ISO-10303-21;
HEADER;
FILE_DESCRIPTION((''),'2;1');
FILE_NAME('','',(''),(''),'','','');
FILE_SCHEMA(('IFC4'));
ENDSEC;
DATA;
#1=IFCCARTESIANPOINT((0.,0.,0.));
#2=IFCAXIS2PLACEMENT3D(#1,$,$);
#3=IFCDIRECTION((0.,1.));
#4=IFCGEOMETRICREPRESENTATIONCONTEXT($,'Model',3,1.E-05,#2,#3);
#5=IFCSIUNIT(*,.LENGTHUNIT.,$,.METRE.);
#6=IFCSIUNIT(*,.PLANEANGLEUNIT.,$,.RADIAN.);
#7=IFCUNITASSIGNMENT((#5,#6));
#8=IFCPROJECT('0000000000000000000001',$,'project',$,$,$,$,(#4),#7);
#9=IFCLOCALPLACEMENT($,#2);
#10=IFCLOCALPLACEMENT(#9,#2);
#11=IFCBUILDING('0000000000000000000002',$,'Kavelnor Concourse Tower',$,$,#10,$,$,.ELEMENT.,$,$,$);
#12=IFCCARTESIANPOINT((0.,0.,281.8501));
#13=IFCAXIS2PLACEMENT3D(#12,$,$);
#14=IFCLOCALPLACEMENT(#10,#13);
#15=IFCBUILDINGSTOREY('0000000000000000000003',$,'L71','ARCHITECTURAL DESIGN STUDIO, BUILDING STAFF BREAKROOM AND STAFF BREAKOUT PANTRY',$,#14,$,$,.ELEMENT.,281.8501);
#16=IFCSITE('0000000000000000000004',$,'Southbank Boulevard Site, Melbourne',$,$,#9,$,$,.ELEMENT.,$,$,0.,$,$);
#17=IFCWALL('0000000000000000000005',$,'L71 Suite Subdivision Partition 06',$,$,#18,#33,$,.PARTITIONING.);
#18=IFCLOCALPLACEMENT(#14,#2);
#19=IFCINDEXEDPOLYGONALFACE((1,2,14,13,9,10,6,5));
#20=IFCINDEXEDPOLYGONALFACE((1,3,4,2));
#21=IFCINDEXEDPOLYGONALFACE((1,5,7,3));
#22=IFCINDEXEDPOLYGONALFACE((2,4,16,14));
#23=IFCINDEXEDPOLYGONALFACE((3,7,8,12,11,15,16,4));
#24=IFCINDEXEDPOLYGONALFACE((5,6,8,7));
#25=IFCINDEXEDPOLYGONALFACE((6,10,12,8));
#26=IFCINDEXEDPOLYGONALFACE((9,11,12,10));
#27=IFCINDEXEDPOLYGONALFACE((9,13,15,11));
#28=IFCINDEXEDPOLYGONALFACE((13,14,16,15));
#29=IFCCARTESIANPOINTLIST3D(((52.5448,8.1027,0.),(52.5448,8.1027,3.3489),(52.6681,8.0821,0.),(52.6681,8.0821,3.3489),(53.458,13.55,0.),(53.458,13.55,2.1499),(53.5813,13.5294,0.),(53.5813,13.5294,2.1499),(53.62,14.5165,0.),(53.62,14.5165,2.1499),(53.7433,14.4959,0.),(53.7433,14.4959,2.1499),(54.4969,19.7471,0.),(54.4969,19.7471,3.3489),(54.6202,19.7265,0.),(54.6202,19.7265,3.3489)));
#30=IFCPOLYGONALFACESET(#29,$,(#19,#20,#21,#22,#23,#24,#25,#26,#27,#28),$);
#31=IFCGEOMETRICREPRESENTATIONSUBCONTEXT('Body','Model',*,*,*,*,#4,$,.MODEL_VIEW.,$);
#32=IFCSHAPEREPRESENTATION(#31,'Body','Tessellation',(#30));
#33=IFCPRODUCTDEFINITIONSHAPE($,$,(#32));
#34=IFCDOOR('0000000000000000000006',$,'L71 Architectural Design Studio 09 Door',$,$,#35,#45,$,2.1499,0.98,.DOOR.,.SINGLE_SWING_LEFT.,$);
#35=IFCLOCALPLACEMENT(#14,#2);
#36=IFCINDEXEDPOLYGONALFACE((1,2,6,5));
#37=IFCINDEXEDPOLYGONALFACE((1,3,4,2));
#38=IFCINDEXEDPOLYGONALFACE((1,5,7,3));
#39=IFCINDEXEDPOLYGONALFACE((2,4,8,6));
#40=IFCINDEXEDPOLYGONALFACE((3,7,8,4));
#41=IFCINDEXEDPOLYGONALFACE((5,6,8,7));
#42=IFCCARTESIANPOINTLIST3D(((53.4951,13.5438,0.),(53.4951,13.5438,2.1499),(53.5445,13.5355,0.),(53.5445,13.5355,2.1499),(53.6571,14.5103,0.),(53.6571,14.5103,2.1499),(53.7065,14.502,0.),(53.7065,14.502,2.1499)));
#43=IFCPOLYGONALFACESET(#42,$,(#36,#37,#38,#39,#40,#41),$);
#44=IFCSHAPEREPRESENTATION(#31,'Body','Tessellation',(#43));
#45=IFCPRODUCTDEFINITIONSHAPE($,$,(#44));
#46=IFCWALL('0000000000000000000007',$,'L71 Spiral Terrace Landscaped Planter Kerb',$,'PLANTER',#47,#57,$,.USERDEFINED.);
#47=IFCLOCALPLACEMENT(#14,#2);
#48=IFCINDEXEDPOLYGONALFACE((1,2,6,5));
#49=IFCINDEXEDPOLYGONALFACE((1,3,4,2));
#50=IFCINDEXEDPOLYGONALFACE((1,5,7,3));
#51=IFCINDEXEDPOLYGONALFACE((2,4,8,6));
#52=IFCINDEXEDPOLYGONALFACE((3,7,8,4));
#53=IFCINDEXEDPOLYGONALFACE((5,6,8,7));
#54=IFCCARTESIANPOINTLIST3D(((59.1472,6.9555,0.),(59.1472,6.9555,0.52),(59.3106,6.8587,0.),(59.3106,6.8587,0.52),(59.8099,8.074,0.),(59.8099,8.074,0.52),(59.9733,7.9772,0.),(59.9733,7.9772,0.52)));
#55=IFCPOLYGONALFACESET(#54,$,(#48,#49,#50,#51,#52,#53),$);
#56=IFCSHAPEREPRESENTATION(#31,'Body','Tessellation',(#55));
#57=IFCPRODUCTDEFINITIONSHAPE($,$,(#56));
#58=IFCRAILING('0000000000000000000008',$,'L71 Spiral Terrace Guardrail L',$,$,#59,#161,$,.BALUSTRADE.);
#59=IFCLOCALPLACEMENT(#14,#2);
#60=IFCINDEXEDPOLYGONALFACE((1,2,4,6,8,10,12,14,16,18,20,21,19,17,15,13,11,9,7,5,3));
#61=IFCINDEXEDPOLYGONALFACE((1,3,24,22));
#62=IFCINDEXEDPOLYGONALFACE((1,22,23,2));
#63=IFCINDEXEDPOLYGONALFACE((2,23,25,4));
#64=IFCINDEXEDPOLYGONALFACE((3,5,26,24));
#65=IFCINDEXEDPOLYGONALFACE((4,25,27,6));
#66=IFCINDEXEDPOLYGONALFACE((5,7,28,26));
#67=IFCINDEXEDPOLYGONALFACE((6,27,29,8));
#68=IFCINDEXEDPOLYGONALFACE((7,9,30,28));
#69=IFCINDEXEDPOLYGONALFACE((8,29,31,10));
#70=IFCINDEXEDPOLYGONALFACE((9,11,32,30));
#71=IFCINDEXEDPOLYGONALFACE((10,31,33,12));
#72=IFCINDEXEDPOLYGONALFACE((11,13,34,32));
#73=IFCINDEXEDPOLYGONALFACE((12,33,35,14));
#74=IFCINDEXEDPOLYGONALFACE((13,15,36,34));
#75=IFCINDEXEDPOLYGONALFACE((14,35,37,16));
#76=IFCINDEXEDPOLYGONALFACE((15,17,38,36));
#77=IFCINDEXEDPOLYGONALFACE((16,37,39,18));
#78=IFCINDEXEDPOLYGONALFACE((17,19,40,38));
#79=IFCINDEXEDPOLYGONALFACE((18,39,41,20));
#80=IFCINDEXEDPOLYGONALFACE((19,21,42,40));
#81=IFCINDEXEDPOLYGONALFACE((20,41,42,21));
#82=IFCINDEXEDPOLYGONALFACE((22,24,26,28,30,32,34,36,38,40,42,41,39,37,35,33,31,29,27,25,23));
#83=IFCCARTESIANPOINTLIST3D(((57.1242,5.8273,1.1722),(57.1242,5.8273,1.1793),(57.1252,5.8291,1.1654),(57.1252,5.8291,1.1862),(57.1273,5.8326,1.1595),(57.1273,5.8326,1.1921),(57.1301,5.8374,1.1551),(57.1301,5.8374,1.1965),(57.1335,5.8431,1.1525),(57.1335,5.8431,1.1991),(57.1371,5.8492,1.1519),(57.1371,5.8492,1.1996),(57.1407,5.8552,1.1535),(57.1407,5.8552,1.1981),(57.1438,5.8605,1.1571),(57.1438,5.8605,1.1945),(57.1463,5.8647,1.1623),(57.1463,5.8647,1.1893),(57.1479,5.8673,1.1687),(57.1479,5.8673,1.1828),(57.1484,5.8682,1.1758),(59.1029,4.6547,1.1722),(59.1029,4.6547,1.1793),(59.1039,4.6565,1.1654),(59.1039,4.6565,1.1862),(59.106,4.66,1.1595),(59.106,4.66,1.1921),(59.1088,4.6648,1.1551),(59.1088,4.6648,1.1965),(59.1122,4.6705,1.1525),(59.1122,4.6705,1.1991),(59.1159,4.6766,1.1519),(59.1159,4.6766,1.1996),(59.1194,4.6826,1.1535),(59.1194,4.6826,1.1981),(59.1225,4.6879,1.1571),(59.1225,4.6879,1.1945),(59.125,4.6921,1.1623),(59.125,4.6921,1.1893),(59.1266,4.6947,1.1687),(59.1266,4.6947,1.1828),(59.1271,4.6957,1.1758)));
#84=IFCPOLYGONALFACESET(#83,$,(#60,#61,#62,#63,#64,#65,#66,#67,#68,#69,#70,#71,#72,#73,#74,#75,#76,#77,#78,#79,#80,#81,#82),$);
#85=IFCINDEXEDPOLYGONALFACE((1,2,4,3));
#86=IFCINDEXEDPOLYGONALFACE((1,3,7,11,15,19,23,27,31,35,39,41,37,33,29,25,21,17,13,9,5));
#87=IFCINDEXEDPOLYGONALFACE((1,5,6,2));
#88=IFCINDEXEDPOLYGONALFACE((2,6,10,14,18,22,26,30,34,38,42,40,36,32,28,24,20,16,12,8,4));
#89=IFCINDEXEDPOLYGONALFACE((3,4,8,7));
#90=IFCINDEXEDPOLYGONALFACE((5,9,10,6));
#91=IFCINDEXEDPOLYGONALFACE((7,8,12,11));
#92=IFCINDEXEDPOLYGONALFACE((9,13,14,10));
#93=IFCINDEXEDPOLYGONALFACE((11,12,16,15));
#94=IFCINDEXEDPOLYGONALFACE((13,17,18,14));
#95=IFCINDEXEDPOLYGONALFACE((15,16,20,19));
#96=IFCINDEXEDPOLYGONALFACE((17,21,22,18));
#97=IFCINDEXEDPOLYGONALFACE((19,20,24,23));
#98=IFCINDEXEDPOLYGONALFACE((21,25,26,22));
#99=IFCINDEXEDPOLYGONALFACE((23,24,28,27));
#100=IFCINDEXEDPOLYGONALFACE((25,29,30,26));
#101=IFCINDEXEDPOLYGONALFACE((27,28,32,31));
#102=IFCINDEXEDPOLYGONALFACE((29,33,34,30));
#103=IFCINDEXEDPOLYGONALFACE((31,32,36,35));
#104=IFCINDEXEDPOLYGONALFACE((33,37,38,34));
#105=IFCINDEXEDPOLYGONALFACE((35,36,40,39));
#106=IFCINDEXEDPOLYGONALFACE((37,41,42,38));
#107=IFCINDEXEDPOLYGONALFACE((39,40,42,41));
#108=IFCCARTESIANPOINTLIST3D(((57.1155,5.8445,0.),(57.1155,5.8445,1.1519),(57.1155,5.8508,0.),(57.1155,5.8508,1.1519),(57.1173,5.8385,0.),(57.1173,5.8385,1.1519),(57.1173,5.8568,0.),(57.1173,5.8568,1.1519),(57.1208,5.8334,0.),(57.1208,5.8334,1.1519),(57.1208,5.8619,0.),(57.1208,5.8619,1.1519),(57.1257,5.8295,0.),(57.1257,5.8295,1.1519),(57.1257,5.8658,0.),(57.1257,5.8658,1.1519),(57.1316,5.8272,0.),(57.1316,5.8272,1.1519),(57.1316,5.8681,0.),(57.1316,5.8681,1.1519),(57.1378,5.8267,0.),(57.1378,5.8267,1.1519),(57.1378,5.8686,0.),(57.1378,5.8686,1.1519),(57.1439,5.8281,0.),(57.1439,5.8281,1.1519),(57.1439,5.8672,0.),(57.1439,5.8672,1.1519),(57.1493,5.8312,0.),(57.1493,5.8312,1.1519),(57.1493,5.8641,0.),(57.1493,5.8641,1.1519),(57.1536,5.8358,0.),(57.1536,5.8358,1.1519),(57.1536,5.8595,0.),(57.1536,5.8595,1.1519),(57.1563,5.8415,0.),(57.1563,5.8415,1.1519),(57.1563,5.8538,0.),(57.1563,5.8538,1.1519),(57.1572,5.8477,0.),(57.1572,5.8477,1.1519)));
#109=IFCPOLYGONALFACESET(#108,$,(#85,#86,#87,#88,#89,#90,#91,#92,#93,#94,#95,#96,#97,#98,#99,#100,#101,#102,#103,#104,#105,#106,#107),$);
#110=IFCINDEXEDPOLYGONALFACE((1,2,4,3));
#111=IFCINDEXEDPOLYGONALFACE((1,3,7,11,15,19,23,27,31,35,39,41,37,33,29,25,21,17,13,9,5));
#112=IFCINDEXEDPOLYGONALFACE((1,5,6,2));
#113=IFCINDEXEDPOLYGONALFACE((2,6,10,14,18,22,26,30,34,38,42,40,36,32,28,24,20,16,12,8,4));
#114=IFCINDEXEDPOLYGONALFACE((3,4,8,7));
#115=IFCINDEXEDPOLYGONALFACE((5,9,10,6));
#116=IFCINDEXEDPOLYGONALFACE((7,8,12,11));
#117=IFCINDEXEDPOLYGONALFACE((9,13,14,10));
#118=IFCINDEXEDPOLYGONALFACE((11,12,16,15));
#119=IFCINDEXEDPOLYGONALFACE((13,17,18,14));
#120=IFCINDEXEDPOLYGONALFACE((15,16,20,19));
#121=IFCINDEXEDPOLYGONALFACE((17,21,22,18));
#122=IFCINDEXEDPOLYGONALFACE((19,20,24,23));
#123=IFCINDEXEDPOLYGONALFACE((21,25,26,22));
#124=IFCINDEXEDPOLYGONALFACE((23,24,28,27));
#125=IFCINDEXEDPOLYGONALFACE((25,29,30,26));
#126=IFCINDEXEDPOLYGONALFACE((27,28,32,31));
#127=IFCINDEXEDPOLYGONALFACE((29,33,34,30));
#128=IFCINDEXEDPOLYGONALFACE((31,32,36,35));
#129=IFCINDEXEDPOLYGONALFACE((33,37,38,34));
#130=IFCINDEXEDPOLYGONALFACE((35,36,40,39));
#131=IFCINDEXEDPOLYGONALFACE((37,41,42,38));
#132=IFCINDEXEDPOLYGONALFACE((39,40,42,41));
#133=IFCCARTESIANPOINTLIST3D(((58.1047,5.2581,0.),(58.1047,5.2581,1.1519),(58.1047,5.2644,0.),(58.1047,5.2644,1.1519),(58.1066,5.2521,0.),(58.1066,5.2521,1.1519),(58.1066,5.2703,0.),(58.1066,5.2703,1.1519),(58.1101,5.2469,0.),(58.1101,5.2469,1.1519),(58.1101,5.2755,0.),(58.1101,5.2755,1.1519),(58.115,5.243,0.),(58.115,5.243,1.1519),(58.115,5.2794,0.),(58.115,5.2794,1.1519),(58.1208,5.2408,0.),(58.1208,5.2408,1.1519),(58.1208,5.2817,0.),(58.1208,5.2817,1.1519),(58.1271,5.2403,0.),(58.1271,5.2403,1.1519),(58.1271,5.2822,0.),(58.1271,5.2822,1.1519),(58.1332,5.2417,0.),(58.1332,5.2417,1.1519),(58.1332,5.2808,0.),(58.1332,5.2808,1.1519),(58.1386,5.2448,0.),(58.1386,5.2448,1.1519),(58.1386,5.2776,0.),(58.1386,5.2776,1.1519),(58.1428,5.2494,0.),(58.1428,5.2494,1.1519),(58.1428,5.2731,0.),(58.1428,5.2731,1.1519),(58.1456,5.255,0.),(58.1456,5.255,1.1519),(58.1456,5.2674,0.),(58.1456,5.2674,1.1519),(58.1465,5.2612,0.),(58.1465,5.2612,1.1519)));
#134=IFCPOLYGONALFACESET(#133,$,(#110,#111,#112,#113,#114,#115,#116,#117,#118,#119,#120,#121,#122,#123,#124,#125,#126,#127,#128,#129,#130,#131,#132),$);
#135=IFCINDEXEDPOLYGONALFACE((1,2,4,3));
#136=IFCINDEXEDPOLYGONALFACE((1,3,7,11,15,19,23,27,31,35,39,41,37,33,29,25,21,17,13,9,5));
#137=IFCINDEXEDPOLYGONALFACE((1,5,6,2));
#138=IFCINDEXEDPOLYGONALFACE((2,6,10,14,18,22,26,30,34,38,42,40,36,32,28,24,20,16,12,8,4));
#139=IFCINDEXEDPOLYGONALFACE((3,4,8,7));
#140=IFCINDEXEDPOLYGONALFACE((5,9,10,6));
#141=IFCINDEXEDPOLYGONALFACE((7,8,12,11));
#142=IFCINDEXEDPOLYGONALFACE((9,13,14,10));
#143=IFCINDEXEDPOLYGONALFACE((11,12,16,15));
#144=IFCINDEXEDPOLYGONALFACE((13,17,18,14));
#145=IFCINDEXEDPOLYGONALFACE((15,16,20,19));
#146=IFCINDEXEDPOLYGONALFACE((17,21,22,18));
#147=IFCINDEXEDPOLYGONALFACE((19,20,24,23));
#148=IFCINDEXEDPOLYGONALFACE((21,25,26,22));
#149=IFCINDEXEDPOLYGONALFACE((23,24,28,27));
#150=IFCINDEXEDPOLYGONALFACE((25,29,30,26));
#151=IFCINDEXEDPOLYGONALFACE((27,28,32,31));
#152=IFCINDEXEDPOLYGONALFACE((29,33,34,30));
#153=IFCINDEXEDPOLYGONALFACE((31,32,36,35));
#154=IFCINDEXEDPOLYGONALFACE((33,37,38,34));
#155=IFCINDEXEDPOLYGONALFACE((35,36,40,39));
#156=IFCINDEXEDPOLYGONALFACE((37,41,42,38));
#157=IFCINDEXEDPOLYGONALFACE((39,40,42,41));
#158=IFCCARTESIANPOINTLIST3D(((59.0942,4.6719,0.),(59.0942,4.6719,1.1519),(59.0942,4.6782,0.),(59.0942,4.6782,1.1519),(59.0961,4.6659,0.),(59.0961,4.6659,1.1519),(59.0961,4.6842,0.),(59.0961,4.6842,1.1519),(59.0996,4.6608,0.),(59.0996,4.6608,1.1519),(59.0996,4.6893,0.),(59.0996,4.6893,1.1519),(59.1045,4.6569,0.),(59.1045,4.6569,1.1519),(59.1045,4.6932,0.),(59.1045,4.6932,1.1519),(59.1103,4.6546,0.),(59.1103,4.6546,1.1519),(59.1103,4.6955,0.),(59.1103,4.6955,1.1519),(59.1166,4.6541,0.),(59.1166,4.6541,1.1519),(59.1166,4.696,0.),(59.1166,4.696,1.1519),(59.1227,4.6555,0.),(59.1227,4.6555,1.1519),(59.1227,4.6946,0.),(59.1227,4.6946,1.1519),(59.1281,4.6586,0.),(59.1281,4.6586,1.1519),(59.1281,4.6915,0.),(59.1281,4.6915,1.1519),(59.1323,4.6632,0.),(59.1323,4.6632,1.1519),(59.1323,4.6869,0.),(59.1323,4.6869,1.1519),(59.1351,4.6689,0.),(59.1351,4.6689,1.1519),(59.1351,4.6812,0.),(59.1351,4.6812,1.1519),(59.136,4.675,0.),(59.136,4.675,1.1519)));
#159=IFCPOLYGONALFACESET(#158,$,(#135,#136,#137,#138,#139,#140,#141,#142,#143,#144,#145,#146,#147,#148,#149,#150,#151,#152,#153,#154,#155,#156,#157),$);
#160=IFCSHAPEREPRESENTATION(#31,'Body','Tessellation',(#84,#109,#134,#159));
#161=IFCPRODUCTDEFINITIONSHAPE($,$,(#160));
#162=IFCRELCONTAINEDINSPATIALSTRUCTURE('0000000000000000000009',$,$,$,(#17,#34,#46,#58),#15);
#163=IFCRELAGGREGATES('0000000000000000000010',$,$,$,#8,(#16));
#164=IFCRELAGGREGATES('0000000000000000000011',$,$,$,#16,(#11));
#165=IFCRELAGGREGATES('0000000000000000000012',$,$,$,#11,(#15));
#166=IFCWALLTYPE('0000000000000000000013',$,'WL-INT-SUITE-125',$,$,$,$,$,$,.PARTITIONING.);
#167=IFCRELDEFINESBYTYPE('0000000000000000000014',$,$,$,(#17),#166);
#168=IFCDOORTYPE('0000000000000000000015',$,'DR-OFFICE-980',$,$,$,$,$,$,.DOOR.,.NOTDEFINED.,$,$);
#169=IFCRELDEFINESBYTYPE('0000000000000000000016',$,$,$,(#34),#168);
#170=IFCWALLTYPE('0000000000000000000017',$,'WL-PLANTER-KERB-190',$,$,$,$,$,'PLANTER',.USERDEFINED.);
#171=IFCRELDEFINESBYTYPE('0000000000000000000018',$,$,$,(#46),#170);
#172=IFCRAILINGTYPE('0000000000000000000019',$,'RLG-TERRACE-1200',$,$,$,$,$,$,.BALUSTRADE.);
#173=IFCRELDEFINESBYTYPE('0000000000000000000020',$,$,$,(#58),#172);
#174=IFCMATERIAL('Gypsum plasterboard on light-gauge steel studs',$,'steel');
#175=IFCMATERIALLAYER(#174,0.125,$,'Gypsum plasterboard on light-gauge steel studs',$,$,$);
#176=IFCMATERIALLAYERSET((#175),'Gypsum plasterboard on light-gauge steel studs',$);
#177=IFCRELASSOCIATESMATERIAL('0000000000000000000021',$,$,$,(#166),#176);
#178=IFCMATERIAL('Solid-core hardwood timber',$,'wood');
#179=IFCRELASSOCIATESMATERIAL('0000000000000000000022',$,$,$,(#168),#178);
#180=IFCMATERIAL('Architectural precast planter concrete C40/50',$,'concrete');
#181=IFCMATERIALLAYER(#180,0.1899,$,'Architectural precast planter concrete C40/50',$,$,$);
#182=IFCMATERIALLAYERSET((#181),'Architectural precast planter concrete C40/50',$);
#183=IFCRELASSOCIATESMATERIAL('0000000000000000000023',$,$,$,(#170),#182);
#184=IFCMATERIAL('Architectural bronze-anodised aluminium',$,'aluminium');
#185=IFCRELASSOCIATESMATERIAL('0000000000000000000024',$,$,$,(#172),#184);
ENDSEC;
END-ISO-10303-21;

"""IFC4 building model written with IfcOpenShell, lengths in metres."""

from ifc_helpers import new_model, si_unit, direction, frame, frame_2d, origin, origin_2d, place, context, subcontext, project, spatial, rectangle, circle, extrude, material, layer, layer_set, type_object, element, fill, save


model = new_model("IFC4")

# Units and contexts
model_context = context("Model", 3, precision=1e-05, world=origin(), true_north=direction((0.0, 1.0)))
body_context = subcontext(model_context, "Body", "Model", "MODEL_VIEW")
ifc_project = project(units=[si_unit("LENGTHUNIT", "METRE"), si_unit("PLANEANGLEUNIT", "RADIAN")], contexts=[model_context])

# Site, building, storey
site_placement = place(None, origin())
site = spatial("IfcSite", under=ifc_project, at=site_placement, Name="Southbank Boulevard Site, Melbourne", CompositionType="ELEMENT", RefElevation=0.0)
building_placement = place(site_placement, origin())
building = spatial("IfcBuilding", under=site, at=building_placement, Name="Kavelnor Concourse Tower", CompositionType="ELEMENT")
storey_placement = place(building_placement, frame((0.0, 0.0, 281.8501)))
storey = spatial("IfcBuildingStorey", under=building, at=storey_placement, Name="L71", Description="ARCHITECTURAL DESIGN STUDIO, BUILDING STAFF BREAKROOM AND STAFF BREAKOUT PANTRY", CompositionType="ELEMENT", Elevation=281.8501)

# Wall, opening, door
ifc_material_1 = material(Name="Gypsum plasterboard on light-gauge steel studs", Category="steel")
ifc_layer_1 = layer(ifc_material_1, 0.125, Name="Gypsum plasterboard on light-gauge steel studs")
ifc_layer_set_1 = layer_set([ifc_layer_1], Name="Gypsum plasterboard on light-gauge steel studs")
wall_type_1 = type_object("IfcWallType", Name="WL-INT-SUITE-125", PredefinedType="PARTITIONING", material=ifc_layer_set_1)
wall_1_placement = place(storey_placement, frame((52.6064, 8.0925, 0.0), z_axis=(0.0, 0.0, 1.0), x_axis=(0.165341, 0.986236, 0.0)))
wall_1 = element("IfcWall", 1, at=wall_1_placement, inside=storey, type_object=wall_type_1, Name="L71 Suite Subdivision Partition 06", PredefinedType="PARTITIONING", context=body_context, shape_type="SweptSolid", body=[
    extrude(rectangle(XDim=11.8069, YDim=0.125, at=frame_2d((5.9033, 0.0))), origin(), (0.0, 0.0, 1.0), 3.3489),
])
opening_1_placement = place(wall_1_placement, frame((5.5232, 0.0, 0.0)))
opening_1 = element("IfcOpeningElement", 2, at=opening_1_placement, cuts=wall_1, PredefinedType="OPENING", context=body_context, shape_type="SweptSolid", body=[
    extrude(rectangle(XDim=0.98, YDim=2.1499, at=frame_2d((0.49, 1.075))), frame((0.0, 0.0725, 0.0), z_axis=(0.0, -1.0, 0.0), x_axis=(1.0, 0.0, 0.0)), (0.0, 0.0, 1.0), 0.145),
])
ifc_material_2 = material(Name="Solid-core hardwood timber", Category="wood")
door_type_1 = type_object("IfcDoorType", Name="DR-OFFICE-980", OperationType="NOTDEFINED", PredefinedType="DOOR", material=ifc_material_2)
door_1_placement = place(opening_1_placement, origin())
door_1 = element("IfcDoor", 3, at=door_1_placement, inside=storey, type_object=door_type_1, Name="L71 Architectural Design Studio 09 Door", OperationType="SINGLE_SWING_LEFT", OverallHeight=2.1499, OverallWidth=0.98, PredefinedType="DOOR", context=body_context, shape_type="SweptSolid", body=[
    extrude(rectangle(XDim=0.98, YDim=2.1499, at=frame_2d((0.49, 1.075))), frame((0.0, 0.0249, 0.0), z_axis=(0.0, -1.0, 0.0), x_axis=(1.0, 0.0, 0.0)), (0.0, 0.0, 1.0), 0.05),
])
fill(opening_1, door_1)

# Wall
ifc_material_3 = material(Name="Architectural precast planter concrete C40/50", Category="concrete")
ifc_layer_2 = layer(ifc_material_3, 0.1899, Name="Architectural precast planter concrete C40/50")
ifc_layer_set_2 = layer_set([ifc_layer_2], Name="Architectural precast planter concrete C40/50")
wall_type_2 = type_object("IfcWallType", Name="WL-PLANTER-KERB-190", ElementType="PLANTER", PredefinedType="USERDEFINED", material=ifc_layer_set_2)
wall_2_placement = place(storey_placement, frame((59.229, 6.9072, 0.0), z_axis=(0.0, 0.0, 1.0), x_axis=(0.50971, 0.860346, 0.0)))
element("IfcWall", 4, at=wall_2_placement, inside=storey, type_object=wall_type_2, Name="L71 Spiral Terrace Landscaped Planter Kerb", ObjectType="PLANTER", PredefinedType="USERDEFINED", context=body_context, shape_type="SweptSolid", body=[
    extrude(rectangle(XDim=1.3, YDim=0.1899, at=frame_2d((0.6499, 0.0))), origin(), (0.0, 0.0, 1.0), 0.52),
])

# Railing
ifc_material_4 = material(Name="Architectural bronze-anodised aluminium", Category="aluminium")
railing_type = type_object("IfcRailingType", Name="RLG-TERRACE-1200", PredefinedType="BALUSTRADE", material=ifc_material_4)
railing_1_placement = place(storey_placement, frame((57.1362, 5.8477, 0.0)))
element("IfcRailing", 5, at=railing_1_placement, inside=storey, type_object=railing_type, Name="L71 Spiral Terrace Guardrail L", PredefinedType="BALUSTRADE", context=body_context, shape_type="SweptSolid", body=[
    extrude(circle(Radius=0.0239, at=origin_2d()), frame((0.0, 0.0, 1.1758), z_axis=(0.86029, -0.509805, 0.0), x_axis=(0.509805, 0.86029, 0.0)), (0.0, 0.0, 1.0), 2.3),
    extrude(circle(Radius=0.021, at=origin_2d()), origin(), (0.0, 0.0, 1.0), 1.1519),
    extrude(circle(Radius=0.021, at=origin_2d()), frame((0.9893, -0.5864, 0.0)), (0.0, 0.0, 1.0), 1.1519),
    extrude(circle(Radius=0.021, at=origin_2d()), frame((1.9788, -1.1726, 0.0)), (0.0, 0.0, 1.0), 1.1519),
])

save(model, "model.ifc")
